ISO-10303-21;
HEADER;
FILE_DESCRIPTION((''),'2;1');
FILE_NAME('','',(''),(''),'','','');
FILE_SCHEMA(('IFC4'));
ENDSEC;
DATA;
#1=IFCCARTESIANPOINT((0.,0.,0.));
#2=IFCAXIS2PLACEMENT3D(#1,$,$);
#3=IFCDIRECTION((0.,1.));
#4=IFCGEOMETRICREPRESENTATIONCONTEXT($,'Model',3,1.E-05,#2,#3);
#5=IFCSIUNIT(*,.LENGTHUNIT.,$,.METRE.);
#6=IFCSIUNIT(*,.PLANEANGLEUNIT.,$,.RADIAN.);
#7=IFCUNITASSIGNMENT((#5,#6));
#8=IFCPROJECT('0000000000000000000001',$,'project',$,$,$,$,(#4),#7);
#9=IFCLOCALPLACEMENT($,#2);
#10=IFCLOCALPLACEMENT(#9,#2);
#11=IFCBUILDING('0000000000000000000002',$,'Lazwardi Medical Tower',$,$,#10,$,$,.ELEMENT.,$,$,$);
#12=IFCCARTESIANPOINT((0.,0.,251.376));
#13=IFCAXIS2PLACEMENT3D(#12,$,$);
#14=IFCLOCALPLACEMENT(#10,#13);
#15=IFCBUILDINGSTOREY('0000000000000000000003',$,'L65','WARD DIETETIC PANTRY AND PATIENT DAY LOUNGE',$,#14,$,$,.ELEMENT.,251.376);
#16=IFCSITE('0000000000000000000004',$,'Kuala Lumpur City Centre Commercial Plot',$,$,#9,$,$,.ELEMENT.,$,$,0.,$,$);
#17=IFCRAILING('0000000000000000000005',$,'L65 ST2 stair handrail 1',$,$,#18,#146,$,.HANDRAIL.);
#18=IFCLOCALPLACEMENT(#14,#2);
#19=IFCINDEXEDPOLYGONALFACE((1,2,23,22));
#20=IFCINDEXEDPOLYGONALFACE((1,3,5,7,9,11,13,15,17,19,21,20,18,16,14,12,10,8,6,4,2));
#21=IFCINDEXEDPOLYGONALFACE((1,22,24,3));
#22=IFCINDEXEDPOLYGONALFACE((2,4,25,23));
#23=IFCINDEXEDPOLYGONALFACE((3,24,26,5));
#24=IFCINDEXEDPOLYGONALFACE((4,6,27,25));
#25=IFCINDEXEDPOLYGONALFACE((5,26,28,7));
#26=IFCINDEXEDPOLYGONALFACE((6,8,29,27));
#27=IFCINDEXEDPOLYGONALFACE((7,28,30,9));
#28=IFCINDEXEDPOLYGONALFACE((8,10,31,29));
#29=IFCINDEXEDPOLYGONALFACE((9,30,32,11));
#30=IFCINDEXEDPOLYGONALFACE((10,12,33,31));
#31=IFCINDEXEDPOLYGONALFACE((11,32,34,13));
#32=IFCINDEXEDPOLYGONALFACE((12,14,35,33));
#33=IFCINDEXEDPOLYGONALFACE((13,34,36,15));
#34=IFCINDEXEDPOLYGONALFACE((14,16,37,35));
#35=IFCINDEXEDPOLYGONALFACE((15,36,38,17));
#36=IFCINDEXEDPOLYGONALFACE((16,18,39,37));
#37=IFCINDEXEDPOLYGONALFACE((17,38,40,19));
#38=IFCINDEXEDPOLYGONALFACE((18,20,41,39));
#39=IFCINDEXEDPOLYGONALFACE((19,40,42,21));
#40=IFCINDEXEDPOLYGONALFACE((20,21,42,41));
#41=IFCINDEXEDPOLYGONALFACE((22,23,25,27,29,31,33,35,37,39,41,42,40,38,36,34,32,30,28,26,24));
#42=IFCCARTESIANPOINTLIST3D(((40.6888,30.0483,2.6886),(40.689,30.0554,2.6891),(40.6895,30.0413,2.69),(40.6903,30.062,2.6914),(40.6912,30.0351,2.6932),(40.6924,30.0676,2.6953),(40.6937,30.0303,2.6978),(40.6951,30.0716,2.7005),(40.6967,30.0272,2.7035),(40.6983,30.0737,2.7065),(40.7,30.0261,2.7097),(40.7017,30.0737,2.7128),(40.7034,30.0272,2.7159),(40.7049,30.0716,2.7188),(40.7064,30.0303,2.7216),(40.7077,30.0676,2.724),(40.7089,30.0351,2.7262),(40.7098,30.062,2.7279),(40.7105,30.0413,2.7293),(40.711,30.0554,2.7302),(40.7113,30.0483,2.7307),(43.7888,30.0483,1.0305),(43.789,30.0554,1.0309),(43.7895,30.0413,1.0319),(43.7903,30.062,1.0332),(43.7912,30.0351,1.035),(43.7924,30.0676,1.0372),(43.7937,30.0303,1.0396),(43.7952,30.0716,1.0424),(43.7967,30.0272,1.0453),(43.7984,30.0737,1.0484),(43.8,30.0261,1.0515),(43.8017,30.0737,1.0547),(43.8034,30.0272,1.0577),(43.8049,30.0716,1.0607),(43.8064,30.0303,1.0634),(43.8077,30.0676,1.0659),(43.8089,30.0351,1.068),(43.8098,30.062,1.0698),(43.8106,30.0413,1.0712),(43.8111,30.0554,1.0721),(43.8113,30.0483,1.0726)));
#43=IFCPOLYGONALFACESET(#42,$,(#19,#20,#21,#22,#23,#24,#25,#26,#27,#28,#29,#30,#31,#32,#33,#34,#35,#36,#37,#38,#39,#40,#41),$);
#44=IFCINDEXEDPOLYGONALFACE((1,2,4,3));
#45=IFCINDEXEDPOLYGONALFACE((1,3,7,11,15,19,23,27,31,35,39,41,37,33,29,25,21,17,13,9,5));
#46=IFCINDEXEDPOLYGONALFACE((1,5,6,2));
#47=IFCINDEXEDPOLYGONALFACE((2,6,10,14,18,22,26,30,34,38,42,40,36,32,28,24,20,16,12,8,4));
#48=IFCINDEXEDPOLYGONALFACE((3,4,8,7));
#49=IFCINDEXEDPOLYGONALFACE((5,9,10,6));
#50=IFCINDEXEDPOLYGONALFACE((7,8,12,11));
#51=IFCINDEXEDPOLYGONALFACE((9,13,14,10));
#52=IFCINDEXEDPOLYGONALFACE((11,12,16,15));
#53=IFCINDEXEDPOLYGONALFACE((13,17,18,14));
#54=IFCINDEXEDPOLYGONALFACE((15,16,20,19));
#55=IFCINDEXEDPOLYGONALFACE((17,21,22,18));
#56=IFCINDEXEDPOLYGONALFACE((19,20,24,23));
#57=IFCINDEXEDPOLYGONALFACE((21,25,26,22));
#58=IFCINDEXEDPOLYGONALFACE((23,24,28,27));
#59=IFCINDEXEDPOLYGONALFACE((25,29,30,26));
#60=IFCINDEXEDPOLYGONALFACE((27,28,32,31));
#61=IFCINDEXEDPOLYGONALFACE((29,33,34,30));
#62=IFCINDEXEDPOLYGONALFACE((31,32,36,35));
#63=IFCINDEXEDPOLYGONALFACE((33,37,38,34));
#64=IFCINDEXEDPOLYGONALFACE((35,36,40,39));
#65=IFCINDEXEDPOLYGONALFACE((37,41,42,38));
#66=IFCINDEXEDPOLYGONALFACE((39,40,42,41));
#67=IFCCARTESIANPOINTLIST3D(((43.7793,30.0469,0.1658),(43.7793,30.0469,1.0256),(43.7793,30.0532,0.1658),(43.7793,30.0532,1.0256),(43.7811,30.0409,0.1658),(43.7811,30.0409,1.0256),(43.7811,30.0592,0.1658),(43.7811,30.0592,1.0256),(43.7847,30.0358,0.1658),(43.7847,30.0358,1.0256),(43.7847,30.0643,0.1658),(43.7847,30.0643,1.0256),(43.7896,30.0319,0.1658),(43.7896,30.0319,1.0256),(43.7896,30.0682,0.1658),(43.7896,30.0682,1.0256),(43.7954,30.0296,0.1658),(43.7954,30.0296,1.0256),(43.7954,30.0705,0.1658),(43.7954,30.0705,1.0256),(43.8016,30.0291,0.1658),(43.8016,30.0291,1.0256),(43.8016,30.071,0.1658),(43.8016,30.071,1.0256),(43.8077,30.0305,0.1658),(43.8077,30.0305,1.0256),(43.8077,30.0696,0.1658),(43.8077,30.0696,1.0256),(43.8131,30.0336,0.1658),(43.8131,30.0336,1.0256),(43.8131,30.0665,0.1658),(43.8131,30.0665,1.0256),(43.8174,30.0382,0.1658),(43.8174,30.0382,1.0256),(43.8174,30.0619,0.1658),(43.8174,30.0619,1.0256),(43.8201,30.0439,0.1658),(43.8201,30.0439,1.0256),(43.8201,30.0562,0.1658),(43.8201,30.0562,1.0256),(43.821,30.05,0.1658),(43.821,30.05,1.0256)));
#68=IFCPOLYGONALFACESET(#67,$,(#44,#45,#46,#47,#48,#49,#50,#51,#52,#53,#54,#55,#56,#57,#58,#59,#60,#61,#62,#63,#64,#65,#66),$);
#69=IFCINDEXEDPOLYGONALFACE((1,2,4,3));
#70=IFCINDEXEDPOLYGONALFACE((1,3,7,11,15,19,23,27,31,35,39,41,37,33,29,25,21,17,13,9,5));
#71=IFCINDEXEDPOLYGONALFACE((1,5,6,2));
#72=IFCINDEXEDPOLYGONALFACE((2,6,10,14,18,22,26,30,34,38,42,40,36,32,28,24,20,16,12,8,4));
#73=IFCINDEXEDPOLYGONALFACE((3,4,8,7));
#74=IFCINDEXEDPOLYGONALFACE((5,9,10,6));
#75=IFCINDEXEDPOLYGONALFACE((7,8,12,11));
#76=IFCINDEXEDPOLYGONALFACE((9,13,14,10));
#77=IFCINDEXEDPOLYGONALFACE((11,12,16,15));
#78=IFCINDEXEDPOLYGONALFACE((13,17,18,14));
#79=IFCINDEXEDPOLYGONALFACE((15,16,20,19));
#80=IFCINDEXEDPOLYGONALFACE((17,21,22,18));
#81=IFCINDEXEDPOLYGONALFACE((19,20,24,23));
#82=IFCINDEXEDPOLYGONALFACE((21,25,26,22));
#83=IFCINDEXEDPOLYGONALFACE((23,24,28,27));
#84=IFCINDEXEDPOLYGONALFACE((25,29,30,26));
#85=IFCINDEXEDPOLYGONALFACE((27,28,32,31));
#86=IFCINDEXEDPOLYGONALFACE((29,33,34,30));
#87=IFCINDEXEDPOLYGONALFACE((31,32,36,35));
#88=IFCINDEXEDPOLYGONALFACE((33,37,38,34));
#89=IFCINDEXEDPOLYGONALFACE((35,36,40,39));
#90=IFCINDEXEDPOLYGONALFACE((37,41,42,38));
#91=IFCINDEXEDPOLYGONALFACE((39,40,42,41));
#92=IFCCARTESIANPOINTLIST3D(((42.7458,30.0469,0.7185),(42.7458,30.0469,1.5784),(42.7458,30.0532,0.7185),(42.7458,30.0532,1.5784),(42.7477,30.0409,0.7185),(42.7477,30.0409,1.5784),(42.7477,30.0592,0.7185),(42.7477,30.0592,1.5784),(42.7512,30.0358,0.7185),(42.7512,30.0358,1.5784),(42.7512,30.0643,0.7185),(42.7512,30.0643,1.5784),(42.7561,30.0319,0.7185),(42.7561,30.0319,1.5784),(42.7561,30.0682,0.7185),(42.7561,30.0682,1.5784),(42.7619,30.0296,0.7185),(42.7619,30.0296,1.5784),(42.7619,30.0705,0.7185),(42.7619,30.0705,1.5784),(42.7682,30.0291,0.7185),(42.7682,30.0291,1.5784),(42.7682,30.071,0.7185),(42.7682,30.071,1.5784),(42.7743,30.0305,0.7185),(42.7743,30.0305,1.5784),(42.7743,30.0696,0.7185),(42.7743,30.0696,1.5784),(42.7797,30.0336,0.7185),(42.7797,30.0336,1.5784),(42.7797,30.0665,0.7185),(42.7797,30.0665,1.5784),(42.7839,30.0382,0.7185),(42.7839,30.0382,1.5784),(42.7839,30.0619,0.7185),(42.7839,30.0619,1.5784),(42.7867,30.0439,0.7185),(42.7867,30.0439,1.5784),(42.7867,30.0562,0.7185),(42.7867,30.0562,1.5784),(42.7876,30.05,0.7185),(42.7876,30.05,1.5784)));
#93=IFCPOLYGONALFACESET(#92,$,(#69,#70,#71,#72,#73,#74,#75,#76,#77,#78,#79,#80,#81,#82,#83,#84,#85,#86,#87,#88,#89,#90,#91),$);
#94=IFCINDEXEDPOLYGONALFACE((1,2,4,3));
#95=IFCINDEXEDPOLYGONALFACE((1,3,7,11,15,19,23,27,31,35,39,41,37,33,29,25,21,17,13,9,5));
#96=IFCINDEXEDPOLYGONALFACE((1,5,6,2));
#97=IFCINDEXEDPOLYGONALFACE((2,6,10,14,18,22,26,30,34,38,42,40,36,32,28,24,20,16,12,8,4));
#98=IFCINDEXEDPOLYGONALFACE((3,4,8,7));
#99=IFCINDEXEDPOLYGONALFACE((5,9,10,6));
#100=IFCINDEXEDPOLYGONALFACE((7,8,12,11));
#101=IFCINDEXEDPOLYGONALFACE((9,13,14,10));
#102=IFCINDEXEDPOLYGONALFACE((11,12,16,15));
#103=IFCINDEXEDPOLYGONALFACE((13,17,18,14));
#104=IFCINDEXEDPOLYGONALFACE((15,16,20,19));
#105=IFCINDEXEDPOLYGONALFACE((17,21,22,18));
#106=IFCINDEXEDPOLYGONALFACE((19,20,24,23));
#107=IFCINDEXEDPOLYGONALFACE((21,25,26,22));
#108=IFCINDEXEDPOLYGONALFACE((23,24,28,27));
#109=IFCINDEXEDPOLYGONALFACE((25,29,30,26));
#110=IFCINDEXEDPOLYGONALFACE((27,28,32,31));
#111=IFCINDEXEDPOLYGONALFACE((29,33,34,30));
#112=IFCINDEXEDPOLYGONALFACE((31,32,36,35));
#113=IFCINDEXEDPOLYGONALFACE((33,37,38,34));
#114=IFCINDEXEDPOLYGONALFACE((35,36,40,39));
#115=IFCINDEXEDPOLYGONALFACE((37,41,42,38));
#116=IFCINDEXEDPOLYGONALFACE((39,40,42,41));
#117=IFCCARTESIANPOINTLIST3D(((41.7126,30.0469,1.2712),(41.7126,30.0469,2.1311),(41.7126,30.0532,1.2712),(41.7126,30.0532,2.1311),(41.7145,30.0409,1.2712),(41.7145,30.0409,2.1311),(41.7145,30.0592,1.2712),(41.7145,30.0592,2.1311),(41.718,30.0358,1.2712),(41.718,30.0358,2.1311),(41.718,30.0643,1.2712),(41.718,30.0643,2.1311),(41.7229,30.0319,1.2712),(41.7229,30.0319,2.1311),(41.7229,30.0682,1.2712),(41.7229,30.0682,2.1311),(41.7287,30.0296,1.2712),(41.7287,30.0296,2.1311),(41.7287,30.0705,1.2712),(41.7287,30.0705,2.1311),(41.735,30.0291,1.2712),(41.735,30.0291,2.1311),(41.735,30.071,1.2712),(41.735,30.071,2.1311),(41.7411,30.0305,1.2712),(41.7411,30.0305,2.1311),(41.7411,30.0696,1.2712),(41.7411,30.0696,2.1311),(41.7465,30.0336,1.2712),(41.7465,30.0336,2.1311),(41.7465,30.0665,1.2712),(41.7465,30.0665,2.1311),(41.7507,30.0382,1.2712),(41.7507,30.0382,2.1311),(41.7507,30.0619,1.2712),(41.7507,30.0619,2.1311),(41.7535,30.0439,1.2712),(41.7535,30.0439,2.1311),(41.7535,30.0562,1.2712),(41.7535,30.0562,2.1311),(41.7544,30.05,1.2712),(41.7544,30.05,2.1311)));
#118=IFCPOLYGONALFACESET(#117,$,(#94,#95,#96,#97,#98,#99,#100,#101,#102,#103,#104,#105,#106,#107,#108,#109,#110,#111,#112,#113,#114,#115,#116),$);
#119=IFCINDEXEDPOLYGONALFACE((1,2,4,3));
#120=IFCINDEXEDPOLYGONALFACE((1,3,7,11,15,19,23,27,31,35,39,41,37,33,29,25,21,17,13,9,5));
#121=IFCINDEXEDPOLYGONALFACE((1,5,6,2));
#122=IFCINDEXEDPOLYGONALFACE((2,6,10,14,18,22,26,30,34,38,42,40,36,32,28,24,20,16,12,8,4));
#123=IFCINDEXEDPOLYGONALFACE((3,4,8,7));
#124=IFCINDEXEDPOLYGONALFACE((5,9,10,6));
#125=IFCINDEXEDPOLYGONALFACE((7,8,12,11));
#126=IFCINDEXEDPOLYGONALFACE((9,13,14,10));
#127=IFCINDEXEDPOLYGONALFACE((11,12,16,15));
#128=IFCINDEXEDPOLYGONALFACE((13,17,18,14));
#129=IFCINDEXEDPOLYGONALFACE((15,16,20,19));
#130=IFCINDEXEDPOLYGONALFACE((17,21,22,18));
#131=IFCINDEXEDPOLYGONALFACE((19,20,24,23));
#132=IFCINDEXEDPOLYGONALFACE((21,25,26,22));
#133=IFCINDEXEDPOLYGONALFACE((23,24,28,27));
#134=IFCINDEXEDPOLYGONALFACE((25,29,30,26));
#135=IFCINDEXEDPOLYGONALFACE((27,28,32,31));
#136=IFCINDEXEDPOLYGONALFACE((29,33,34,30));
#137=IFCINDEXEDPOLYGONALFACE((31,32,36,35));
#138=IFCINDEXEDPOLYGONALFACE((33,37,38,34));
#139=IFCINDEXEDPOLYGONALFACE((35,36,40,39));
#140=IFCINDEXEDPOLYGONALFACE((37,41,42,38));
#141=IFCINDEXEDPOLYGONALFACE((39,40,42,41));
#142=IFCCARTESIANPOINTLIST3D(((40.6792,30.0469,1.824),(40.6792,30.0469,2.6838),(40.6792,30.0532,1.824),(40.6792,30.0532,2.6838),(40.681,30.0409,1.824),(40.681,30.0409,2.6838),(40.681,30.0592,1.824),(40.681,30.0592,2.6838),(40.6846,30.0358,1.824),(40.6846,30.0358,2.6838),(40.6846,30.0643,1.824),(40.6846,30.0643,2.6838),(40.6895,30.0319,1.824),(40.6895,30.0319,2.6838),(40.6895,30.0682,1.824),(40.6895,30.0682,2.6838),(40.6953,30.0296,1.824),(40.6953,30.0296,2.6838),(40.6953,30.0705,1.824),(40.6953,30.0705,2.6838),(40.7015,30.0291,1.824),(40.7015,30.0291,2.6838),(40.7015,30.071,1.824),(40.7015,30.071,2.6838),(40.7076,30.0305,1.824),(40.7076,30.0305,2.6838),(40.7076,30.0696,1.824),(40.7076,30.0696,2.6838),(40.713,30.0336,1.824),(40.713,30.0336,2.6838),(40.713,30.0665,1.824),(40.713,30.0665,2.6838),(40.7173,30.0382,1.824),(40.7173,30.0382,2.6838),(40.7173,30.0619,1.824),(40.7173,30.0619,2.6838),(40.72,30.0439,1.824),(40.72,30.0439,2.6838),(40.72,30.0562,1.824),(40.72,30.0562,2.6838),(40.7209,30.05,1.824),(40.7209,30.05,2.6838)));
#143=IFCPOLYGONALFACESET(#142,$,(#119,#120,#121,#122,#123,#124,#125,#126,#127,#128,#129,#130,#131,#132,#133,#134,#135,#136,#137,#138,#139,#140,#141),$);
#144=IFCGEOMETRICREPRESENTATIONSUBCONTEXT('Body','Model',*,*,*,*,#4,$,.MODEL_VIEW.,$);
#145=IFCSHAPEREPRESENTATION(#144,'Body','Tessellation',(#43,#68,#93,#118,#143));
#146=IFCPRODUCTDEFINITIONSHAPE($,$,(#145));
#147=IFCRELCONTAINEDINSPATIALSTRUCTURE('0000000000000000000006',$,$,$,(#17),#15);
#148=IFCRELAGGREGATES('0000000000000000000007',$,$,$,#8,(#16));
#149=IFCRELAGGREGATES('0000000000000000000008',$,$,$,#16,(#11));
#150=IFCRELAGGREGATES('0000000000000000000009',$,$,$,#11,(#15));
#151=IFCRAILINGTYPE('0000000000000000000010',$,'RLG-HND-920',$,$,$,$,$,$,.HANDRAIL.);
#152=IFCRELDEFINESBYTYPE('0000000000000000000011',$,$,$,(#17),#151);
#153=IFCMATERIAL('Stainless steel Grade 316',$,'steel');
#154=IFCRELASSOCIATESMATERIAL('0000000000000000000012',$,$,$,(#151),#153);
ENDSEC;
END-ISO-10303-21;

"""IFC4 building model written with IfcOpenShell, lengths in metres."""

from ifc_helpers import new_model, si_unit, direction, frame, origin, origin_2d, place, context, subcontext, project, spatial, circle, extrude, material, type_object, element, save


model = new_model("IFC4")

# Units and contexts
model_context = context("Model", 3, precision=1e-05, world=origin(), true_north=direction((0.0, 1.0)))
body_context = subcontext(model_context, "Body", "Model", "MODEL_VIEW")
ifc_project = project(units=[si_unit("LENGTHUNIT", "METRE"), si_unit("PLANEANGLEUNIT", "RADIAN")], contexts=[model_context])

# Site, building, storey
site_placement = place(None, origin())
site = spatial("IfcSite", under=ifc_project, at=site_placement, Name="Kuala Lumpur City Centre Commercial Plot", CompositionType="ELEMENT", RefElevation=0.0)
building_placement = place(site_placement, origin())
building = spatial("IfcBuilding", under=site, at=building_placement, Name="Lazwardi Medical Tower", CompositionType="ELEMENT")
storey_placement = place(building_placement, frame((0.0, 0.0, 251.376)))
storey = spatial("IfcBuildingStorey", under=building, at=storey_placement, Name="L65", Description="WARD DIETETIC PANTRY AND PATIENT DAY LOUNGE", CompositionType="ELEMENT", Elevation=251.376)

# Railing
ifc_material_1 = material(Name="Stainless steel Grade 316", Category="steel")
railing_type_1 = type_object("IfcRailingType", Name="RLG-HND-920", PredefinedType="HANDRAIL", material=ifc_material_1)
railing_1_placement = place(storey_placement, frame((43.8, 30.05, 0.1658)))
element("IfcRailing", 1, at=railing_1_placement, inside=storey, type_object=railing_type_1, Name="L65 ST2 stair handrail 1", PredefinedType="HANDRAIL", context=body_context, shape_type="SweptSolid", body=[
    extrude(circle(Radius=0.0239, at=origin_2d()), frame((0.0, 0.0, 0.8857), z_axis=(-0.881783, 0.0, 0.471655), x_axis=(0.0, -1.0, 0.0)), (0.0, 0.0, 1.0), 3.5156),
    extrude(circle(Radius=0.021, at=origin_2d()), origin(), (0.0, 0.0, 1.0), 0.8599),
    extrude(circle(Radius=0.021, at=origin_2d()), frame((-1.0334, 0.0, 0.5527)), (0.0, 0.0, 1.0), 0.8599),
    extrude(circle(Radius=0.021, at=origin_2d()), frame((-2.0667, 0.0, 1.1055)), (0.0, 0.0, 1.0), 0.8599),
    extrude(circle(Radius=0.021, at=origin_2d()), frame((-3.1001, 0.0, 1.6582)), (0.0, 0.0, 1.0), 0.8599),
])

save(model, "model.ifc")
